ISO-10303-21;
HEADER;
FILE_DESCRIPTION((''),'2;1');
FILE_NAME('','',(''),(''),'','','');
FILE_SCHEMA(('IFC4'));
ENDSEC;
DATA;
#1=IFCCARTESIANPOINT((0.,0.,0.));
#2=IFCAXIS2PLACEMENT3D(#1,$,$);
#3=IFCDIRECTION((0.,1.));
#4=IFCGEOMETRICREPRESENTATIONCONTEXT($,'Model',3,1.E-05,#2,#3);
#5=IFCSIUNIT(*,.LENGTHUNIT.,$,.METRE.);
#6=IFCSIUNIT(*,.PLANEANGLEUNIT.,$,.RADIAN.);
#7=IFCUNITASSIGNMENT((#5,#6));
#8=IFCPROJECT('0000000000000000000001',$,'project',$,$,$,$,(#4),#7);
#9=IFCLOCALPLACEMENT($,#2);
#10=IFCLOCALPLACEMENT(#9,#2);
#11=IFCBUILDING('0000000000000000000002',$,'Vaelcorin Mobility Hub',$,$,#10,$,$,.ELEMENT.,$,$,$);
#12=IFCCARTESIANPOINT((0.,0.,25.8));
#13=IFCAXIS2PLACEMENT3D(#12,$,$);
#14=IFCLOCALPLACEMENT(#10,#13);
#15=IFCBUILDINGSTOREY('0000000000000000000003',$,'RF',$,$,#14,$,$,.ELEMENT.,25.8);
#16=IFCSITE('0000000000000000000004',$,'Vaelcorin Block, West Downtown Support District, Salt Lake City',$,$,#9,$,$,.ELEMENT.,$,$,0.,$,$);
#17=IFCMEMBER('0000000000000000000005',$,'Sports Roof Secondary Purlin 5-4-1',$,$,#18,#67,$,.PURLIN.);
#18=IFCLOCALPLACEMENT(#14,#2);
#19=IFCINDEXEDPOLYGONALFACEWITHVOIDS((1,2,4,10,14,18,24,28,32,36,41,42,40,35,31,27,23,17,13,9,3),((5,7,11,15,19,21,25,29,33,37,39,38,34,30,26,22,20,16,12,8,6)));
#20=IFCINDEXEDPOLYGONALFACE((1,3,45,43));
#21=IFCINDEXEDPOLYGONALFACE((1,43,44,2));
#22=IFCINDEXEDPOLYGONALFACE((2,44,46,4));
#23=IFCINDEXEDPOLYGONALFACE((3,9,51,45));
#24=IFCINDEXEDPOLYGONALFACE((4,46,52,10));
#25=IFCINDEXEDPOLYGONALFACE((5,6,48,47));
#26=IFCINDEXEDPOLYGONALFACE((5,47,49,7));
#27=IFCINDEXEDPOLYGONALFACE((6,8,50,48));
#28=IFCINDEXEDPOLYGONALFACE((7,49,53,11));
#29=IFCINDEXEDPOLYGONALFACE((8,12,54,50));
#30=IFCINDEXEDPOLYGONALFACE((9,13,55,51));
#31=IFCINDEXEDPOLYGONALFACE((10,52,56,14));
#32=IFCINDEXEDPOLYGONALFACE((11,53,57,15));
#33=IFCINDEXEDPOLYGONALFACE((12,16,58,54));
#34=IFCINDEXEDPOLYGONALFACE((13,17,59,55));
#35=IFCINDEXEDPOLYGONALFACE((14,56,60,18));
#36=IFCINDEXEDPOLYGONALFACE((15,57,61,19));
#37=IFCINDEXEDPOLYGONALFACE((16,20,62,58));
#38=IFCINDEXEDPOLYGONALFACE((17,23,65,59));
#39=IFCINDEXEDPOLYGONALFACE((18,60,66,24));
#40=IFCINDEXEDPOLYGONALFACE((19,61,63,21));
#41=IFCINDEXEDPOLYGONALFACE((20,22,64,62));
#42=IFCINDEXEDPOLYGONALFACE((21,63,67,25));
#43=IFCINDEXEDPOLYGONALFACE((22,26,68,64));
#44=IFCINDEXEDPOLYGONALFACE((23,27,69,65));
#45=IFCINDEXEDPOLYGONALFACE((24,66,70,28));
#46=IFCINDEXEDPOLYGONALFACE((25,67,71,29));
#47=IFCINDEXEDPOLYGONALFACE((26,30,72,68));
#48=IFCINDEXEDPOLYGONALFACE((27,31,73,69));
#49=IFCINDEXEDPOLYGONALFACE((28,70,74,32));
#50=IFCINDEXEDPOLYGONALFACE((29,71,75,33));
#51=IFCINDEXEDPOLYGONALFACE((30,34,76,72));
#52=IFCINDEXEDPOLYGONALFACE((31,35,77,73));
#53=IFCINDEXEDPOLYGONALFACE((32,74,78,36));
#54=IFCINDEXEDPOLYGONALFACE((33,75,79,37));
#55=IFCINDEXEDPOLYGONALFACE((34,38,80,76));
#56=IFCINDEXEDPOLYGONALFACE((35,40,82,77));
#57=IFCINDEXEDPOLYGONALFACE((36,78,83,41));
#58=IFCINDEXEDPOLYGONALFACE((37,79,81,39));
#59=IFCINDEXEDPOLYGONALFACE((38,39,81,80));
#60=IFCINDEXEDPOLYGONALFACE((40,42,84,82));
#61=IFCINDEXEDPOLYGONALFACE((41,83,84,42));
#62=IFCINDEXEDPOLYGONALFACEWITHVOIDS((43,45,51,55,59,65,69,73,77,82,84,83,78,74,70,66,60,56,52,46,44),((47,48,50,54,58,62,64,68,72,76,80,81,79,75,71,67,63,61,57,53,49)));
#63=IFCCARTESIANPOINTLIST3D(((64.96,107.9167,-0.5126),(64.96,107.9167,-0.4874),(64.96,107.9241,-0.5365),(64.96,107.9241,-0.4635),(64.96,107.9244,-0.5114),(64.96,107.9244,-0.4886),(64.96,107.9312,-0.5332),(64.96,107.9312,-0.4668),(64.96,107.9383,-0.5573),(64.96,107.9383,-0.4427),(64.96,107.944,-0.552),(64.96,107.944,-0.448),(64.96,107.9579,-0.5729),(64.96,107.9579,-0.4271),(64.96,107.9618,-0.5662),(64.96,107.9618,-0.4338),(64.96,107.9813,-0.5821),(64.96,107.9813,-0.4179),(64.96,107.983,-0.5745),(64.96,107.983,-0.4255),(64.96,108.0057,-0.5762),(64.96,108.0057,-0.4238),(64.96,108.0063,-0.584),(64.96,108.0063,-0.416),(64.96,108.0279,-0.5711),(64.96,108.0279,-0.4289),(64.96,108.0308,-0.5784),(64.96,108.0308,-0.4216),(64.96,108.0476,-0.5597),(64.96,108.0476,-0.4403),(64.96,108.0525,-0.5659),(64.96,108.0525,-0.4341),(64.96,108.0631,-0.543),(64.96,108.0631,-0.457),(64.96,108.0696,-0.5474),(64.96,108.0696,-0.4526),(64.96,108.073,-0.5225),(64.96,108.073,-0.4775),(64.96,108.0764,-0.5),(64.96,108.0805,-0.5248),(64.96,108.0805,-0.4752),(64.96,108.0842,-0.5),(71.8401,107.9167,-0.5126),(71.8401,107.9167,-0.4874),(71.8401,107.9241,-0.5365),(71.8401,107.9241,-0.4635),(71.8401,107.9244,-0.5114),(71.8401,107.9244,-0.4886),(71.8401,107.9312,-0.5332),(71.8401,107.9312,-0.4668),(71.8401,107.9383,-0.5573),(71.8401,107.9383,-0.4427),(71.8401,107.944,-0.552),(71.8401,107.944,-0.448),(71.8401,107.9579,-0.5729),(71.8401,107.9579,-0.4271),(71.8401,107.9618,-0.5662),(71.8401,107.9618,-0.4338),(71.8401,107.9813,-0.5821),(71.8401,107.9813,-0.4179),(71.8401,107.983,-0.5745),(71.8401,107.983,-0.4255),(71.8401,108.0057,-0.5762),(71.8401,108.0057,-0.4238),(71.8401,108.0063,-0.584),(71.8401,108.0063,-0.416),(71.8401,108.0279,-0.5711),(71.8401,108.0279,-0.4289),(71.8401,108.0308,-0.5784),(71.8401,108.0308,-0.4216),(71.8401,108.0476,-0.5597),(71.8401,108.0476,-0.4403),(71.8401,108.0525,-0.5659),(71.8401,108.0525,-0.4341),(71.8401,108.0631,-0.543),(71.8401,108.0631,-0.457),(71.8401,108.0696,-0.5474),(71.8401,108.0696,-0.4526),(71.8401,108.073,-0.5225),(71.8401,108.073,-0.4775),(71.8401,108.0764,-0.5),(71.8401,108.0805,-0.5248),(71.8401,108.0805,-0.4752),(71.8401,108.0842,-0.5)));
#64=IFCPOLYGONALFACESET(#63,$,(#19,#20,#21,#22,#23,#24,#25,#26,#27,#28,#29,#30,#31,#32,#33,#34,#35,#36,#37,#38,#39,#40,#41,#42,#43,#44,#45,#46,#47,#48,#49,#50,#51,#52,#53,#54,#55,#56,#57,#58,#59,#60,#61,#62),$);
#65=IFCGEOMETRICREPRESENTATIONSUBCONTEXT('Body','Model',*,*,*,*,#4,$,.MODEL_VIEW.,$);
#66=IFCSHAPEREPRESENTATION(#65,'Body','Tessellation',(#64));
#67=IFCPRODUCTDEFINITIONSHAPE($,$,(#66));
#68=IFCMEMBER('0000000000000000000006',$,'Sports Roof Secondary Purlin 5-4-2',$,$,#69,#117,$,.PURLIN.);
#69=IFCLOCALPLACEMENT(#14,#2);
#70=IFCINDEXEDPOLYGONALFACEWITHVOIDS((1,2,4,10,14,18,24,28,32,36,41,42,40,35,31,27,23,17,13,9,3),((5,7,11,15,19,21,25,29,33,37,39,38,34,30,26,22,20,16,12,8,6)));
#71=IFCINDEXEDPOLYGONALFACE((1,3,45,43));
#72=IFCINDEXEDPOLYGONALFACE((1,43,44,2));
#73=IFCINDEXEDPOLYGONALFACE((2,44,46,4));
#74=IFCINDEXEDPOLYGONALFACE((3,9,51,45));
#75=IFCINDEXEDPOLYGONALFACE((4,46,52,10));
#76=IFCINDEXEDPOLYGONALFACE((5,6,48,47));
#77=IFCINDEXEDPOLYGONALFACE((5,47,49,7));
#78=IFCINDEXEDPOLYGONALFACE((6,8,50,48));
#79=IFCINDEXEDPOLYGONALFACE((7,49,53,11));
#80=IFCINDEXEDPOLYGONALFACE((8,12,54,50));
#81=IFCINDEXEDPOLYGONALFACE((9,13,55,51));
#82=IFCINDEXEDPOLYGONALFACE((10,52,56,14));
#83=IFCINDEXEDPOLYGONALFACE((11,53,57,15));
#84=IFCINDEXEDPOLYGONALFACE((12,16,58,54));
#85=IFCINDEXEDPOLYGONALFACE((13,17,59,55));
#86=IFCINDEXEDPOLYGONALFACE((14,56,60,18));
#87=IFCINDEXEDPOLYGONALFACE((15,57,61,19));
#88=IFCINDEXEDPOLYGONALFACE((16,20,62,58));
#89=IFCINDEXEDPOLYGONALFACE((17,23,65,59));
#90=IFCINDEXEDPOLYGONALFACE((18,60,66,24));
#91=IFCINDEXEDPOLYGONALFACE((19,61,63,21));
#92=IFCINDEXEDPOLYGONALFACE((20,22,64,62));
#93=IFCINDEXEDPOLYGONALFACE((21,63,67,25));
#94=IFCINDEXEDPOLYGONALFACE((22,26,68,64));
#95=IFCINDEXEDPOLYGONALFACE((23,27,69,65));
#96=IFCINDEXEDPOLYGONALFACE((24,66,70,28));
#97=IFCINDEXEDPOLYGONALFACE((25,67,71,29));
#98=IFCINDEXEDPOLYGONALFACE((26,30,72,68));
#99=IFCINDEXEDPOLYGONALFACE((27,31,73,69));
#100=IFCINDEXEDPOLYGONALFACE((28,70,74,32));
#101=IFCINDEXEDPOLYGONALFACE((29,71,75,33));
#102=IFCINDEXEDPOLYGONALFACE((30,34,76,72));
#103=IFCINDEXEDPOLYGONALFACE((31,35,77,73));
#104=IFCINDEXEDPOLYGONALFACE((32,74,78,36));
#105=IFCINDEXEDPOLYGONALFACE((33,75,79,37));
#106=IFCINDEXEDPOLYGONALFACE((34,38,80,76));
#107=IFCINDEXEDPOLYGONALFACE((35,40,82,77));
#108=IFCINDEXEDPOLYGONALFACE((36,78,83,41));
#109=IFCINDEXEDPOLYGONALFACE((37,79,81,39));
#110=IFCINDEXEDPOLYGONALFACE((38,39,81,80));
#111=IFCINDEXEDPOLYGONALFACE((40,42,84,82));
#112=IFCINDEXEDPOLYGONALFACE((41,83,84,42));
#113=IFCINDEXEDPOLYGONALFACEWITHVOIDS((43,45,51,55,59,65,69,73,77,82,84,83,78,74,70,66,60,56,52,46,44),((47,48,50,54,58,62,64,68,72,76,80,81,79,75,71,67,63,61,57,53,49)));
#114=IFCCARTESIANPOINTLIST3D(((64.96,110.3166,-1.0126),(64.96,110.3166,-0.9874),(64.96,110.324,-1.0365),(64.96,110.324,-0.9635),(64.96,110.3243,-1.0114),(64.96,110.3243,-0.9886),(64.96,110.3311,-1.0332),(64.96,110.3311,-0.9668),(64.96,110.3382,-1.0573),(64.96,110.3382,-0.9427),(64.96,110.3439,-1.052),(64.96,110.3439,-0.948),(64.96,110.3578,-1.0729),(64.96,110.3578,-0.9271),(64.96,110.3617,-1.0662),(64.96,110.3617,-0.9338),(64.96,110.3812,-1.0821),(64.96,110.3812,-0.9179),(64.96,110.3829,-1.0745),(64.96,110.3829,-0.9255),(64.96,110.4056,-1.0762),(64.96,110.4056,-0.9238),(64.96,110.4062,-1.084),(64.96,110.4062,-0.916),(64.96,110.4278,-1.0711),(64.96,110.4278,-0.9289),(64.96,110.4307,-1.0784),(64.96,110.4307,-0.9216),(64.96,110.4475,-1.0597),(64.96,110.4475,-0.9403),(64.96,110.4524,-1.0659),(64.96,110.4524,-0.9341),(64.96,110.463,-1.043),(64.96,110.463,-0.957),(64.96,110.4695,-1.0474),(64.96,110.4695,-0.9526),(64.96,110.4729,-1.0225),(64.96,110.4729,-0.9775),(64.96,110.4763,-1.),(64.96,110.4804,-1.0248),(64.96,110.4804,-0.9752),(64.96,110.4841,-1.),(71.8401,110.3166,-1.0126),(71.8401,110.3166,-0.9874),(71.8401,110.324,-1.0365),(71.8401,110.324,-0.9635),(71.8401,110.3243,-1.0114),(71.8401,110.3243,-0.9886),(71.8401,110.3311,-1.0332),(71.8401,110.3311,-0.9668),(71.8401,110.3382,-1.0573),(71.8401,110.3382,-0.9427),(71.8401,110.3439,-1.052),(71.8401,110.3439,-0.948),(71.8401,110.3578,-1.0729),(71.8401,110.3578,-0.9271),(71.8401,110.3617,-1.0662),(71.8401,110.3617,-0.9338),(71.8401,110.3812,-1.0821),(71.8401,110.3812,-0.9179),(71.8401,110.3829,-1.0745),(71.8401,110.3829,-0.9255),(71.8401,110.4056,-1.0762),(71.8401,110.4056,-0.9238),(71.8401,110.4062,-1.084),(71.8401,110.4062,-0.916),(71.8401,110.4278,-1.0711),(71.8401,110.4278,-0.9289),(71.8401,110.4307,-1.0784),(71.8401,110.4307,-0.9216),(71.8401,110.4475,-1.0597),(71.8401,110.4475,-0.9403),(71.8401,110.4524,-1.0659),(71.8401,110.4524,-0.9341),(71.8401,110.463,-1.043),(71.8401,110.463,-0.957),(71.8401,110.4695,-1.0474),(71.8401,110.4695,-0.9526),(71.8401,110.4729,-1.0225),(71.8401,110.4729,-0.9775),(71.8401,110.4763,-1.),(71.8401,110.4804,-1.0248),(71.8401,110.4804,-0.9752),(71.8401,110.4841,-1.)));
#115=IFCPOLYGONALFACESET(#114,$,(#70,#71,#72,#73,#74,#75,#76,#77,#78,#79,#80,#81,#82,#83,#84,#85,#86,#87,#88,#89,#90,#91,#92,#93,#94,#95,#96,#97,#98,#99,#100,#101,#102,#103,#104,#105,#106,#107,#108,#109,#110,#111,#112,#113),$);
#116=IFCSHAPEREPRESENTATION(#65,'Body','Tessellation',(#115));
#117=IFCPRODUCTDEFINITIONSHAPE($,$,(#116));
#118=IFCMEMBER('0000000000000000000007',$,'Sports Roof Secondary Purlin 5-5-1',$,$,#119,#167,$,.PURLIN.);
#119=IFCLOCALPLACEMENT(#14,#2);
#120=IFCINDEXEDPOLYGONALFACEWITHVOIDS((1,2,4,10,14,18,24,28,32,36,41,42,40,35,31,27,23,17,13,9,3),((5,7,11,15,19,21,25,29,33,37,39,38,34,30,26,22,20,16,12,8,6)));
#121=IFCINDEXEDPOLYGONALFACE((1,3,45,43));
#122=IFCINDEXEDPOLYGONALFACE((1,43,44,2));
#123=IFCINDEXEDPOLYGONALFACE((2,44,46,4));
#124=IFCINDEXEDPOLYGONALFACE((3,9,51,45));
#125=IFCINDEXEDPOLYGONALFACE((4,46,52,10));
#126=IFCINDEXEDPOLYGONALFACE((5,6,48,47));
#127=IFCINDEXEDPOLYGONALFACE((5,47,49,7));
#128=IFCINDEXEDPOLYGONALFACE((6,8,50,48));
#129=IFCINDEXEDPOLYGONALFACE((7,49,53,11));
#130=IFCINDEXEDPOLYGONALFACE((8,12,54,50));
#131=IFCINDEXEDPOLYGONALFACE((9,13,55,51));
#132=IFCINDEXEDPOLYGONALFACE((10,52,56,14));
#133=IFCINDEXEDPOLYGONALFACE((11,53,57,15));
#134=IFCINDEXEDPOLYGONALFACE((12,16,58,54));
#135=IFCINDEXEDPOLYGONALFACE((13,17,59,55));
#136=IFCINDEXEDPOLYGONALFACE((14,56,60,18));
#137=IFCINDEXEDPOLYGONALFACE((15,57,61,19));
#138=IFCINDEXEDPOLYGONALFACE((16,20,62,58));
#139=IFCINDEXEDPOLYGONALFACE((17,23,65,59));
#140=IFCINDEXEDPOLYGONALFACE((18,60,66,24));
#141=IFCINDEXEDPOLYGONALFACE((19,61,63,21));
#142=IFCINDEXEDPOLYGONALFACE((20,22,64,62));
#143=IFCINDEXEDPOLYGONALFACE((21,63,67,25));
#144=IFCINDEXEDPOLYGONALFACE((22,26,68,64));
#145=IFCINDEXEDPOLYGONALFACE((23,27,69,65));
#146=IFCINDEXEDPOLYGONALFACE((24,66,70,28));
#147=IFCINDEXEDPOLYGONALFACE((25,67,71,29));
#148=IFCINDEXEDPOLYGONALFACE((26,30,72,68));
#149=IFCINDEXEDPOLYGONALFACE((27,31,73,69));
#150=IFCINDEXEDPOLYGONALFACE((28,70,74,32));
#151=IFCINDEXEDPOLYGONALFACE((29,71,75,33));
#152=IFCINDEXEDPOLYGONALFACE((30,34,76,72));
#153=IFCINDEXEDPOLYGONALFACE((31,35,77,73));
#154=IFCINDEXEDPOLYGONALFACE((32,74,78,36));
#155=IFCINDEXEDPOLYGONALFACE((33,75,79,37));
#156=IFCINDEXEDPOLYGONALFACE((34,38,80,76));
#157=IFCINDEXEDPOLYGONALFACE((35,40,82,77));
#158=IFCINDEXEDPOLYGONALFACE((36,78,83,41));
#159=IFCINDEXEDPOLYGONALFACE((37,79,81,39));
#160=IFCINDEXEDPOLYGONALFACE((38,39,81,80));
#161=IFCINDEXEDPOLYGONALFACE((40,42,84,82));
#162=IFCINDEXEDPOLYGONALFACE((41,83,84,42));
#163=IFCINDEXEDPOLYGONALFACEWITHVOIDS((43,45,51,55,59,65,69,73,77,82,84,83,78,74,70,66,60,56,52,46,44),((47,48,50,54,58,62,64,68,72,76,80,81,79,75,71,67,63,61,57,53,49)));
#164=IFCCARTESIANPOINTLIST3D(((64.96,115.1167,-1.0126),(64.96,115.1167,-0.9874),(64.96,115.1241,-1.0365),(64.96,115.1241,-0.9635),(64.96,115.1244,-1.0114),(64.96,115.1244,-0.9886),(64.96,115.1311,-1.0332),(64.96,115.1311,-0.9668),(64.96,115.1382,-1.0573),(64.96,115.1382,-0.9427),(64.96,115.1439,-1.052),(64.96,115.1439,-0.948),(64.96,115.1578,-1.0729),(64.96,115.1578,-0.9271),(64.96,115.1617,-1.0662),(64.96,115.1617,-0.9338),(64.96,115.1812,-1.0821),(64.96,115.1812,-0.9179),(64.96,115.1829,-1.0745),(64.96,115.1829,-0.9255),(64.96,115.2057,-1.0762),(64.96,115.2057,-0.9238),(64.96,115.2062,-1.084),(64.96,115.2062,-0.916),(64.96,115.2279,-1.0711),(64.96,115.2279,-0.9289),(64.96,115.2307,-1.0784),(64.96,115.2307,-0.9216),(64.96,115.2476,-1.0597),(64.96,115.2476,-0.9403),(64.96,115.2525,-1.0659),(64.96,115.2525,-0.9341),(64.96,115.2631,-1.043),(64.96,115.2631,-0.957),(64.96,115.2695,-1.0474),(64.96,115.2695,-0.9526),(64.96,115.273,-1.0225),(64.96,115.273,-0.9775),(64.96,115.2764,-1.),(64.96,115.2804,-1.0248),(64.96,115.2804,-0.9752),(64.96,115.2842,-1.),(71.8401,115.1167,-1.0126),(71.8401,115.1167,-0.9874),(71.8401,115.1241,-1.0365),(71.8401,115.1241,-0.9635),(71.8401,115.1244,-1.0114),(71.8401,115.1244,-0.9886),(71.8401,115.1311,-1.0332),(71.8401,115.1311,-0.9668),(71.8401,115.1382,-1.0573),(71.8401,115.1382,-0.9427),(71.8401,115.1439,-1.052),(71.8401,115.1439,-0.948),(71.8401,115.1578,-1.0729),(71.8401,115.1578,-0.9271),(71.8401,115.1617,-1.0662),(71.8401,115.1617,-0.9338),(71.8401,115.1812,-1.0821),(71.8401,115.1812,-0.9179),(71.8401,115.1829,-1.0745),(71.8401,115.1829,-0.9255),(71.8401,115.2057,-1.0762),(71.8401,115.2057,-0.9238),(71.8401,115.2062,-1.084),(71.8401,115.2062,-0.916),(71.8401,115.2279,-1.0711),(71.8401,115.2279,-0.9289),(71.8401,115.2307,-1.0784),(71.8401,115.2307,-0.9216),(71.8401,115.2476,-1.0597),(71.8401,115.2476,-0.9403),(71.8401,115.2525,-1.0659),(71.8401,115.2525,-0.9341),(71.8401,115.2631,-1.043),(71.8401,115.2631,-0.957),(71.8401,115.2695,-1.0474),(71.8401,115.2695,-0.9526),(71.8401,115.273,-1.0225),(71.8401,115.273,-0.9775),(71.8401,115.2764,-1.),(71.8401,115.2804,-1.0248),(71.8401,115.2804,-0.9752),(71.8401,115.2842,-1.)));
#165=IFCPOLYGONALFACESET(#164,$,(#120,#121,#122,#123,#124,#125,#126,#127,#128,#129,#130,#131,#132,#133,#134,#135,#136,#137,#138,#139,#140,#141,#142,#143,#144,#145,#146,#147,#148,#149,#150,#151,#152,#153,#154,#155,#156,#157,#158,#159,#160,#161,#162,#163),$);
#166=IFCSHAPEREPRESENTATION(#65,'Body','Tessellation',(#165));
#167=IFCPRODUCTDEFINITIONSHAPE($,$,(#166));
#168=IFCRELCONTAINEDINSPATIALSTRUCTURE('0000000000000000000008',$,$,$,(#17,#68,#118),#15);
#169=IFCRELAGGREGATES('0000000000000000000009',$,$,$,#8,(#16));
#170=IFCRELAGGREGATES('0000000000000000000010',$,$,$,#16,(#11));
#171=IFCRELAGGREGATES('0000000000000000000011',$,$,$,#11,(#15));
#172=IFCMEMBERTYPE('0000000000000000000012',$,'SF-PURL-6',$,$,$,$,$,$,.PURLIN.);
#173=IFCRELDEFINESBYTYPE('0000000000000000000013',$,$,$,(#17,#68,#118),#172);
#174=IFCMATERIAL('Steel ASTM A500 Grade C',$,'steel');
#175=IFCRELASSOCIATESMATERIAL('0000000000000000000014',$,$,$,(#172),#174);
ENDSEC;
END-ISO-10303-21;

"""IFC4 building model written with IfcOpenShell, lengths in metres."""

from ifc_helpers import new_model, si_unit, direction, frame, origin, origin_2d, place, context, subcontext, project, spatial, hollow_circle, extrude, material, material_profile, profile_set, type_object, element, save


model = new_model("IFC4")

# Units and contexts
model_context = context("Model", 3, precision=1e-05, world=origin(), true_north=direction((0.0, 1.0)))
body_context = subcontext(model_context, "Body", "Model", "MODEL_VIEW")
ifc_project = project(units=[si_unit("LENGTHUNIT", "METRE"), si_unit("PLANEANGLEUNIT", "RADIAN")], contexts=[model_context])

# Site, building, storey
site_placement = place(None, origin())
site = spatial("IfcSite", under=ifc_project, at=site_placement, Name="Vaelcorin Block, West Downtown Support District, Salt Lake City", CompositionType="ELEMENT", RefElevation=0.0)
building_placement = place(site_placement, origin())
building = spatial("IfcBuilding", under=site, at=building_placement, Name="Vaelcorin Mobility Hub", CompositionType="ELEMENT")
storey_placement = place(building_placement, frame((0.0, 0.0, 25.8)))
storey = spatial("IfcBuildingStorey", under=building, at=storey_placement, Name="RF", CompositionType="ELEMENT", Elevation=25.8)

# Members
ifc_material_1 = material(Name="Steel ASTM A500 Grade C", Category="steel")
ifc_material_profile_1 = material_profile(ifc_material_1, hollow_circle(Radius=0.0842, WallThickness=0.0078, at=origin_2d()), Name="HSS6.625X0.312")
ifc_profile_set_1 = profile_set([ifc_material_profile_1], Name="Steel ASTM A500 Grade C")
member_type_1 = type_object("IfcMemberType", Name="SF-PURL-6", PredefinedType="PURLIN", material=ifc_profile_set_1)
for number, where, z_axis, x_axis, name in (
    (1, (64.96, 108.0, -0.5), (1.0, 0.0, 0.0), (0.0, 1.0, 0.0), "Sports Roof Secondary Purlin 5-4-1"),
    (2, (64.96, 110.3999, -1.0), (1.0, 0.0, 0.0), (0.0, 1.0, 0.0), "Sports Roof Secondary Purlin 5-4-2"),
    (3, (64.96, 115.2, -1.0), (1.0, 0.0, 0.0), (0.0, 1.0, 0.0), "Sports Roof Secondary Purlin 5-5-1"),
):
    element("IfcMember", number, at=place(storey_placement, frame(where, z_axis=z_axis, x_axis=x_axis)), inside=storey, type_object=member_type_1, Name=name, PredefinedType="PURLIN", context=body_context, shape_type="SweptSolid", body=[
        extrude(hollow_circle(Radius=0.0842, WallThickness=0.0078, at=origin_2d()), origin(), (0.0, 0.0, 1.0), 6.8801),
    ])

save(model, "model.ifc")
